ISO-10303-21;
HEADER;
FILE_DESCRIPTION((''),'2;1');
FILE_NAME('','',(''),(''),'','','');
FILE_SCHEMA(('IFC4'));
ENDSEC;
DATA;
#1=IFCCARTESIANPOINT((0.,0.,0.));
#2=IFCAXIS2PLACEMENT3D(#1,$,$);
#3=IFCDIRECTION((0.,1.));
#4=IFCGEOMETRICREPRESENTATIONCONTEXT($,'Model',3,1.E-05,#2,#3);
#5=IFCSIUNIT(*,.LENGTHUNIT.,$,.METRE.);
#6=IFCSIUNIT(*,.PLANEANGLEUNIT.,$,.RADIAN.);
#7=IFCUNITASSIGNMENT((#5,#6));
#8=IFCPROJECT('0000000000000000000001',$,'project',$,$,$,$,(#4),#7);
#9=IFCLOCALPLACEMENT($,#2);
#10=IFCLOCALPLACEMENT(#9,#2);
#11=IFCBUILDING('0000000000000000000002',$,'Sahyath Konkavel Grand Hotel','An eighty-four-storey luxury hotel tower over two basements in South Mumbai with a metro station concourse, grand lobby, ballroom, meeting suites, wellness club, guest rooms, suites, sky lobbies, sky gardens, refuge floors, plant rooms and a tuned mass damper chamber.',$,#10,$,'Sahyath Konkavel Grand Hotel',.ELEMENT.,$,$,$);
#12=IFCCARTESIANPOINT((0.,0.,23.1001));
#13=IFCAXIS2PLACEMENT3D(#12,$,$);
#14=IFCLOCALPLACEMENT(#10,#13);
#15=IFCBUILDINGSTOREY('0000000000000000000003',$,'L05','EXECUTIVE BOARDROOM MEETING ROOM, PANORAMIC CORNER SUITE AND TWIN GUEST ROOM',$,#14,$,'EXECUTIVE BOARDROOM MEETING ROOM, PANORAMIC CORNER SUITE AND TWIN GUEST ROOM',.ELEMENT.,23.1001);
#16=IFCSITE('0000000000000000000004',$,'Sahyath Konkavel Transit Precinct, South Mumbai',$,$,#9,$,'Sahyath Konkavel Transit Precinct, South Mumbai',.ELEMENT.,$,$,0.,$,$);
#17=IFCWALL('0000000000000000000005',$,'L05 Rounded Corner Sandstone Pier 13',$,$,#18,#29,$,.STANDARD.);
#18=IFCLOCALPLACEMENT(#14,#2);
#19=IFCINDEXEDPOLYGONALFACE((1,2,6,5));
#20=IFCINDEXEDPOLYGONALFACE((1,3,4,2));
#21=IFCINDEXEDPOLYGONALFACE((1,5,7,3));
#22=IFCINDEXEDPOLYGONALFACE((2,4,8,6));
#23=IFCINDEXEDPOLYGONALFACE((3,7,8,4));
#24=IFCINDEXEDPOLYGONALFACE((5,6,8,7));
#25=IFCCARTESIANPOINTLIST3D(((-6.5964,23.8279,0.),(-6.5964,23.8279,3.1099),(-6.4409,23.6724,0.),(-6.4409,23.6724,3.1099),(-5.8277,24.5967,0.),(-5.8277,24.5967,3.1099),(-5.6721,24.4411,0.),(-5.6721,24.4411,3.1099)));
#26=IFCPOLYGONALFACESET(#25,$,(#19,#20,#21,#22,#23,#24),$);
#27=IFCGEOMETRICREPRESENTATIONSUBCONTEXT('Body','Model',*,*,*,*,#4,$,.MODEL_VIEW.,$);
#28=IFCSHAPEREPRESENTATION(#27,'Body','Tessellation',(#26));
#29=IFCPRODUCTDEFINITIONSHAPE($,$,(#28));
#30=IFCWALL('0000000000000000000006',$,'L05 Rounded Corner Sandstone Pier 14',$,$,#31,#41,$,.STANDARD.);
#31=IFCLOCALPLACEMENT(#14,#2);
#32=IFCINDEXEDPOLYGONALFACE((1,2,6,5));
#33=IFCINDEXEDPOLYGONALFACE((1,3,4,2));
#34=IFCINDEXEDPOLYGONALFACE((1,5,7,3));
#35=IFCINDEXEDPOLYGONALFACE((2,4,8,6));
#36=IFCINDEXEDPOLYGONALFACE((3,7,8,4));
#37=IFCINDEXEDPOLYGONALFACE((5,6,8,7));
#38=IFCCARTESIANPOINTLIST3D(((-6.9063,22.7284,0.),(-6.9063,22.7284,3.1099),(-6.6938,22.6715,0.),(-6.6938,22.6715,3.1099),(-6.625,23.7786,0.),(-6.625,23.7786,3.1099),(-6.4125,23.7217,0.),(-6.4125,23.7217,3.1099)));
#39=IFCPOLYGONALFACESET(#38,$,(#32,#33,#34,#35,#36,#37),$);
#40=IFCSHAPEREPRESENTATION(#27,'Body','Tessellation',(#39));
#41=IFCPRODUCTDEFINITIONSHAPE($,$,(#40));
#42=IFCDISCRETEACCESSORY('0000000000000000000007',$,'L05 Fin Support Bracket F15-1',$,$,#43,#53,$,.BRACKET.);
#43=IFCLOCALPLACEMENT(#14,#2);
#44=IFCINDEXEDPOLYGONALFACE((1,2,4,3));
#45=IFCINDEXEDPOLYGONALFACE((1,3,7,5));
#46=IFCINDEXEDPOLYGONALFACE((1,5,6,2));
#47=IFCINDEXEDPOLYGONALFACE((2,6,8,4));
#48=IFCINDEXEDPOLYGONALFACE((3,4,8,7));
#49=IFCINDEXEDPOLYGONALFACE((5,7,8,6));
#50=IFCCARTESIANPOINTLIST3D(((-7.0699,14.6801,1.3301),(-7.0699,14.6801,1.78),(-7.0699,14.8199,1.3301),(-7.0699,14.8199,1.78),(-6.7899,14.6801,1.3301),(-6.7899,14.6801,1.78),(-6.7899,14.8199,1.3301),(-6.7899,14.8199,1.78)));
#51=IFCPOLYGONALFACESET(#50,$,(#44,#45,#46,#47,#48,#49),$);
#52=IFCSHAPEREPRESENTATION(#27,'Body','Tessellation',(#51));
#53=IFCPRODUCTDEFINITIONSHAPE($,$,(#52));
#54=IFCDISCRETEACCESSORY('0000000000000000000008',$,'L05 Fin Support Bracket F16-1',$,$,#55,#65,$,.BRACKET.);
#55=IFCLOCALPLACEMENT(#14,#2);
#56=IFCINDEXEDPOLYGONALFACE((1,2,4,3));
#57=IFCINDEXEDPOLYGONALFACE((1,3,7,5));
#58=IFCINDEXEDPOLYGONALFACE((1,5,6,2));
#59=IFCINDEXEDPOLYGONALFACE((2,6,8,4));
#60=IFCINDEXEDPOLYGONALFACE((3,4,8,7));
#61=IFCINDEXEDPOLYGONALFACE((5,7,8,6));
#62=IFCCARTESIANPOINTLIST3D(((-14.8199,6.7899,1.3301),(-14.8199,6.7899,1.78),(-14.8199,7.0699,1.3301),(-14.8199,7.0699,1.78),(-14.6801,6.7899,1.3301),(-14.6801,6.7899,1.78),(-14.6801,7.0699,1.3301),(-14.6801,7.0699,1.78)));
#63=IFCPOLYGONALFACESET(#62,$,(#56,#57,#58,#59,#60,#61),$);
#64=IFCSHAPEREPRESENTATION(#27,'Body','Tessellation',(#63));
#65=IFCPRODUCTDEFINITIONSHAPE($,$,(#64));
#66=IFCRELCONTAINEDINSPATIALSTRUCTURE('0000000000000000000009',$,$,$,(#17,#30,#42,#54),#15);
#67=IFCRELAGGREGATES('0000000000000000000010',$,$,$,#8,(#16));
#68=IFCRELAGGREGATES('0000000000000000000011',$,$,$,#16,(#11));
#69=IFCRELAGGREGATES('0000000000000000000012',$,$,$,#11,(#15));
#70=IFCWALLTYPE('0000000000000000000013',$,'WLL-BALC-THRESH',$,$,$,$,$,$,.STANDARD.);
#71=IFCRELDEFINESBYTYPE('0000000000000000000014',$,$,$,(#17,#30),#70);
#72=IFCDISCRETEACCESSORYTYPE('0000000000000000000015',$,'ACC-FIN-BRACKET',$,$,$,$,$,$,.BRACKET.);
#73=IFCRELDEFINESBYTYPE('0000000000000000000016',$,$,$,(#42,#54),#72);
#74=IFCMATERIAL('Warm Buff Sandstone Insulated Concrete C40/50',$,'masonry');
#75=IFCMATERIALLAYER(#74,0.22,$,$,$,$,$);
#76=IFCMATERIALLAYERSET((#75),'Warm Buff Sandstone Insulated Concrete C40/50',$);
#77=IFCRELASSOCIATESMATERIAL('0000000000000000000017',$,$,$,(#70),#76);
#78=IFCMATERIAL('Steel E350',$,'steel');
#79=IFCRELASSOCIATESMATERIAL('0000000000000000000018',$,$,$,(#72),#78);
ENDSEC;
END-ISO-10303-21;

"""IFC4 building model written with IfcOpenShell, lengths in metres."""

from ifc_helpers import new_model, si_unit, direction, frame, frame_2d, origin, origin_2d, place, context, subcontext, project, spatial, rectangle, extrude, source, transform, mapped, material, layer, layer_set, type_object, element, save


model = new_model("IFC4")

# Units and contexts
model_context = context("Model", 3, precision=1e-05, world=origin(), true_north=direction((0.0, 1.0)))
body_context = subcontext(model_context, "Body", "Model", "MODEL_VIEW")
ifc_project = project(units=[si_unit("LENGTHUNIT", "METRE"), si_unit("PLANEANGLEUNIT", "RADIAN")], contexts=[model_context])

# Site, building, storey
site_placement = place(None, origin())
site = spatial("IfcSite", under=ifc_project, at=site_placement, Name="Sahyath Konkavel Transit Precinct, South Mumbai", LongName="Sahyath Konkavel Transit Precinct, South Mumbai", CompositionType="ELEMENT", RefElevation=0.0)
building_placement = place(site_placement, origin())
building = spatial("IfcBuilding", under=site, at=building_placement, Name="Sahyath Konkavel Grand Hotel", Description="An eighty-four-storey luxury hotel tower over two basements in South Mumbai with a metro station concourse, grand lobby, ballroom, meeting suites, wellness club, guest rooms, suites, sky lobbies, sky gardens, refuge floors, plant rooms and a tuned mass damper chamber.", LongName="Sahyath Konkavel Grand Hotel", CompositionType="ELEMENT")
storey_placement = place(building_placement, frame((0.0, 0.0, 23.1001)))
storey = spatial("IfcBuildingStorey", under=building, at=storey_placement, Name="L05", Description="EXECUTIVE BOARDROOM MEETING ROOM, PANORAMIC CORNER SUITE AND TWIN GUEST ROOM", LongName="EXECUTIVE BOARDROOM MEETING ROOM, PANORAMIC CORNER SUITE AND TWIN GUEST ROOM", CompositionType="ELEMENT", Elevation=23.1001)

# Shared definitions
ifc_material_1 = material(Name="Steel E350", Category="steel")

# Shared definitions
ifc_material_2 = material(Name="Warm Buff Sandstone Insulated Concrete C40/50", Category="masonry")
ifc_layer_1 = layer(ifc_material_2, 0.22)
ifc_layer_set_1 = layer_set([ifc_layer_1], Name="Warm Buff Sandstone Insulated Concrete C40/50")
wall_type = type_object("IfcWallType", Name="WLL-BALC-THRESH", PredefinedType="STANDARD", material=ifc_layer_set_1)

# Walls
for number, where, z_axis, x_axis, name in (
    (1, (-5.75, 24.5188, 0.0), (0.0, 0.0, 1.0), (-0.707107, -0.707107, 0.0), "L05 Rounded Corner Sandstone Pier 13"),
    (2, (-6.5188, 23.75, 0.0), (0.0, 0.0, 1.0), (-0.258725, -0.965951, 0.0), "L05 Rounded Corner Sandstone Pier 14"),
):
    element("IfcWall", number, at=place(storey_placement, frame(where, z_axis=z_axis, x_axis=x_axis)), inside=storey, type_object=wall_type, Name=name, PredefinedType="STANDARD", context=body_context, shape_type="SweptSolid", body=[
        extrude(rectangle(XDim=1.0872, YDim=0.22, at=frame_2d((0.5435, 0.0))), origin(), (0.0, 0.0, 1.0), 3.1099),
    ])

# Discrete accessories
discrete_accessory_type = type_object("IfcDiscreteAccessoryType", Name="ACC-FIN-BRACKET", PredefinedType="BRACKET", material=ifc_material_1)
shared_shape_1 = source(origin(), body_context, "Body", "SweptSolid", [
    extrude(rectangle(XDim=0.28, YDim=0.1399, at=origin_2d()), origin(), (0.0, 0.0, 1.0), 0.45),
])
for number, where, z_axis, x_axis, name in (
    (3, (-6.9299, 14.75, 1.3301), (0.0, 0.0, 1.0), (-1.0, 0.0, 0.0), "L05 Fin Support Bracket F15-1"),
    (4, (-14.75, 6.9299, 1.3301), (0.0, 0.0, 1.0), (0.0, 1.0, 0.0), "L05 Fin Support Bracket F16-1"),
):
    element("IfcDiscreteAccessory", number, at=place(storey_placement, frame(where, z_axis=z_axis, x_axis=x_axis)), inside=storey, type_object=discrete_accessory_type, Name=name, PredefinedType="BRACKET", context=body_context, shape_type="MappedRepresentation", body=[
        mapped(shared_shape_1, transform((0.0, 0.0, 0.0), scale=1.0)),
    ])

save(model, "model.ifc")
